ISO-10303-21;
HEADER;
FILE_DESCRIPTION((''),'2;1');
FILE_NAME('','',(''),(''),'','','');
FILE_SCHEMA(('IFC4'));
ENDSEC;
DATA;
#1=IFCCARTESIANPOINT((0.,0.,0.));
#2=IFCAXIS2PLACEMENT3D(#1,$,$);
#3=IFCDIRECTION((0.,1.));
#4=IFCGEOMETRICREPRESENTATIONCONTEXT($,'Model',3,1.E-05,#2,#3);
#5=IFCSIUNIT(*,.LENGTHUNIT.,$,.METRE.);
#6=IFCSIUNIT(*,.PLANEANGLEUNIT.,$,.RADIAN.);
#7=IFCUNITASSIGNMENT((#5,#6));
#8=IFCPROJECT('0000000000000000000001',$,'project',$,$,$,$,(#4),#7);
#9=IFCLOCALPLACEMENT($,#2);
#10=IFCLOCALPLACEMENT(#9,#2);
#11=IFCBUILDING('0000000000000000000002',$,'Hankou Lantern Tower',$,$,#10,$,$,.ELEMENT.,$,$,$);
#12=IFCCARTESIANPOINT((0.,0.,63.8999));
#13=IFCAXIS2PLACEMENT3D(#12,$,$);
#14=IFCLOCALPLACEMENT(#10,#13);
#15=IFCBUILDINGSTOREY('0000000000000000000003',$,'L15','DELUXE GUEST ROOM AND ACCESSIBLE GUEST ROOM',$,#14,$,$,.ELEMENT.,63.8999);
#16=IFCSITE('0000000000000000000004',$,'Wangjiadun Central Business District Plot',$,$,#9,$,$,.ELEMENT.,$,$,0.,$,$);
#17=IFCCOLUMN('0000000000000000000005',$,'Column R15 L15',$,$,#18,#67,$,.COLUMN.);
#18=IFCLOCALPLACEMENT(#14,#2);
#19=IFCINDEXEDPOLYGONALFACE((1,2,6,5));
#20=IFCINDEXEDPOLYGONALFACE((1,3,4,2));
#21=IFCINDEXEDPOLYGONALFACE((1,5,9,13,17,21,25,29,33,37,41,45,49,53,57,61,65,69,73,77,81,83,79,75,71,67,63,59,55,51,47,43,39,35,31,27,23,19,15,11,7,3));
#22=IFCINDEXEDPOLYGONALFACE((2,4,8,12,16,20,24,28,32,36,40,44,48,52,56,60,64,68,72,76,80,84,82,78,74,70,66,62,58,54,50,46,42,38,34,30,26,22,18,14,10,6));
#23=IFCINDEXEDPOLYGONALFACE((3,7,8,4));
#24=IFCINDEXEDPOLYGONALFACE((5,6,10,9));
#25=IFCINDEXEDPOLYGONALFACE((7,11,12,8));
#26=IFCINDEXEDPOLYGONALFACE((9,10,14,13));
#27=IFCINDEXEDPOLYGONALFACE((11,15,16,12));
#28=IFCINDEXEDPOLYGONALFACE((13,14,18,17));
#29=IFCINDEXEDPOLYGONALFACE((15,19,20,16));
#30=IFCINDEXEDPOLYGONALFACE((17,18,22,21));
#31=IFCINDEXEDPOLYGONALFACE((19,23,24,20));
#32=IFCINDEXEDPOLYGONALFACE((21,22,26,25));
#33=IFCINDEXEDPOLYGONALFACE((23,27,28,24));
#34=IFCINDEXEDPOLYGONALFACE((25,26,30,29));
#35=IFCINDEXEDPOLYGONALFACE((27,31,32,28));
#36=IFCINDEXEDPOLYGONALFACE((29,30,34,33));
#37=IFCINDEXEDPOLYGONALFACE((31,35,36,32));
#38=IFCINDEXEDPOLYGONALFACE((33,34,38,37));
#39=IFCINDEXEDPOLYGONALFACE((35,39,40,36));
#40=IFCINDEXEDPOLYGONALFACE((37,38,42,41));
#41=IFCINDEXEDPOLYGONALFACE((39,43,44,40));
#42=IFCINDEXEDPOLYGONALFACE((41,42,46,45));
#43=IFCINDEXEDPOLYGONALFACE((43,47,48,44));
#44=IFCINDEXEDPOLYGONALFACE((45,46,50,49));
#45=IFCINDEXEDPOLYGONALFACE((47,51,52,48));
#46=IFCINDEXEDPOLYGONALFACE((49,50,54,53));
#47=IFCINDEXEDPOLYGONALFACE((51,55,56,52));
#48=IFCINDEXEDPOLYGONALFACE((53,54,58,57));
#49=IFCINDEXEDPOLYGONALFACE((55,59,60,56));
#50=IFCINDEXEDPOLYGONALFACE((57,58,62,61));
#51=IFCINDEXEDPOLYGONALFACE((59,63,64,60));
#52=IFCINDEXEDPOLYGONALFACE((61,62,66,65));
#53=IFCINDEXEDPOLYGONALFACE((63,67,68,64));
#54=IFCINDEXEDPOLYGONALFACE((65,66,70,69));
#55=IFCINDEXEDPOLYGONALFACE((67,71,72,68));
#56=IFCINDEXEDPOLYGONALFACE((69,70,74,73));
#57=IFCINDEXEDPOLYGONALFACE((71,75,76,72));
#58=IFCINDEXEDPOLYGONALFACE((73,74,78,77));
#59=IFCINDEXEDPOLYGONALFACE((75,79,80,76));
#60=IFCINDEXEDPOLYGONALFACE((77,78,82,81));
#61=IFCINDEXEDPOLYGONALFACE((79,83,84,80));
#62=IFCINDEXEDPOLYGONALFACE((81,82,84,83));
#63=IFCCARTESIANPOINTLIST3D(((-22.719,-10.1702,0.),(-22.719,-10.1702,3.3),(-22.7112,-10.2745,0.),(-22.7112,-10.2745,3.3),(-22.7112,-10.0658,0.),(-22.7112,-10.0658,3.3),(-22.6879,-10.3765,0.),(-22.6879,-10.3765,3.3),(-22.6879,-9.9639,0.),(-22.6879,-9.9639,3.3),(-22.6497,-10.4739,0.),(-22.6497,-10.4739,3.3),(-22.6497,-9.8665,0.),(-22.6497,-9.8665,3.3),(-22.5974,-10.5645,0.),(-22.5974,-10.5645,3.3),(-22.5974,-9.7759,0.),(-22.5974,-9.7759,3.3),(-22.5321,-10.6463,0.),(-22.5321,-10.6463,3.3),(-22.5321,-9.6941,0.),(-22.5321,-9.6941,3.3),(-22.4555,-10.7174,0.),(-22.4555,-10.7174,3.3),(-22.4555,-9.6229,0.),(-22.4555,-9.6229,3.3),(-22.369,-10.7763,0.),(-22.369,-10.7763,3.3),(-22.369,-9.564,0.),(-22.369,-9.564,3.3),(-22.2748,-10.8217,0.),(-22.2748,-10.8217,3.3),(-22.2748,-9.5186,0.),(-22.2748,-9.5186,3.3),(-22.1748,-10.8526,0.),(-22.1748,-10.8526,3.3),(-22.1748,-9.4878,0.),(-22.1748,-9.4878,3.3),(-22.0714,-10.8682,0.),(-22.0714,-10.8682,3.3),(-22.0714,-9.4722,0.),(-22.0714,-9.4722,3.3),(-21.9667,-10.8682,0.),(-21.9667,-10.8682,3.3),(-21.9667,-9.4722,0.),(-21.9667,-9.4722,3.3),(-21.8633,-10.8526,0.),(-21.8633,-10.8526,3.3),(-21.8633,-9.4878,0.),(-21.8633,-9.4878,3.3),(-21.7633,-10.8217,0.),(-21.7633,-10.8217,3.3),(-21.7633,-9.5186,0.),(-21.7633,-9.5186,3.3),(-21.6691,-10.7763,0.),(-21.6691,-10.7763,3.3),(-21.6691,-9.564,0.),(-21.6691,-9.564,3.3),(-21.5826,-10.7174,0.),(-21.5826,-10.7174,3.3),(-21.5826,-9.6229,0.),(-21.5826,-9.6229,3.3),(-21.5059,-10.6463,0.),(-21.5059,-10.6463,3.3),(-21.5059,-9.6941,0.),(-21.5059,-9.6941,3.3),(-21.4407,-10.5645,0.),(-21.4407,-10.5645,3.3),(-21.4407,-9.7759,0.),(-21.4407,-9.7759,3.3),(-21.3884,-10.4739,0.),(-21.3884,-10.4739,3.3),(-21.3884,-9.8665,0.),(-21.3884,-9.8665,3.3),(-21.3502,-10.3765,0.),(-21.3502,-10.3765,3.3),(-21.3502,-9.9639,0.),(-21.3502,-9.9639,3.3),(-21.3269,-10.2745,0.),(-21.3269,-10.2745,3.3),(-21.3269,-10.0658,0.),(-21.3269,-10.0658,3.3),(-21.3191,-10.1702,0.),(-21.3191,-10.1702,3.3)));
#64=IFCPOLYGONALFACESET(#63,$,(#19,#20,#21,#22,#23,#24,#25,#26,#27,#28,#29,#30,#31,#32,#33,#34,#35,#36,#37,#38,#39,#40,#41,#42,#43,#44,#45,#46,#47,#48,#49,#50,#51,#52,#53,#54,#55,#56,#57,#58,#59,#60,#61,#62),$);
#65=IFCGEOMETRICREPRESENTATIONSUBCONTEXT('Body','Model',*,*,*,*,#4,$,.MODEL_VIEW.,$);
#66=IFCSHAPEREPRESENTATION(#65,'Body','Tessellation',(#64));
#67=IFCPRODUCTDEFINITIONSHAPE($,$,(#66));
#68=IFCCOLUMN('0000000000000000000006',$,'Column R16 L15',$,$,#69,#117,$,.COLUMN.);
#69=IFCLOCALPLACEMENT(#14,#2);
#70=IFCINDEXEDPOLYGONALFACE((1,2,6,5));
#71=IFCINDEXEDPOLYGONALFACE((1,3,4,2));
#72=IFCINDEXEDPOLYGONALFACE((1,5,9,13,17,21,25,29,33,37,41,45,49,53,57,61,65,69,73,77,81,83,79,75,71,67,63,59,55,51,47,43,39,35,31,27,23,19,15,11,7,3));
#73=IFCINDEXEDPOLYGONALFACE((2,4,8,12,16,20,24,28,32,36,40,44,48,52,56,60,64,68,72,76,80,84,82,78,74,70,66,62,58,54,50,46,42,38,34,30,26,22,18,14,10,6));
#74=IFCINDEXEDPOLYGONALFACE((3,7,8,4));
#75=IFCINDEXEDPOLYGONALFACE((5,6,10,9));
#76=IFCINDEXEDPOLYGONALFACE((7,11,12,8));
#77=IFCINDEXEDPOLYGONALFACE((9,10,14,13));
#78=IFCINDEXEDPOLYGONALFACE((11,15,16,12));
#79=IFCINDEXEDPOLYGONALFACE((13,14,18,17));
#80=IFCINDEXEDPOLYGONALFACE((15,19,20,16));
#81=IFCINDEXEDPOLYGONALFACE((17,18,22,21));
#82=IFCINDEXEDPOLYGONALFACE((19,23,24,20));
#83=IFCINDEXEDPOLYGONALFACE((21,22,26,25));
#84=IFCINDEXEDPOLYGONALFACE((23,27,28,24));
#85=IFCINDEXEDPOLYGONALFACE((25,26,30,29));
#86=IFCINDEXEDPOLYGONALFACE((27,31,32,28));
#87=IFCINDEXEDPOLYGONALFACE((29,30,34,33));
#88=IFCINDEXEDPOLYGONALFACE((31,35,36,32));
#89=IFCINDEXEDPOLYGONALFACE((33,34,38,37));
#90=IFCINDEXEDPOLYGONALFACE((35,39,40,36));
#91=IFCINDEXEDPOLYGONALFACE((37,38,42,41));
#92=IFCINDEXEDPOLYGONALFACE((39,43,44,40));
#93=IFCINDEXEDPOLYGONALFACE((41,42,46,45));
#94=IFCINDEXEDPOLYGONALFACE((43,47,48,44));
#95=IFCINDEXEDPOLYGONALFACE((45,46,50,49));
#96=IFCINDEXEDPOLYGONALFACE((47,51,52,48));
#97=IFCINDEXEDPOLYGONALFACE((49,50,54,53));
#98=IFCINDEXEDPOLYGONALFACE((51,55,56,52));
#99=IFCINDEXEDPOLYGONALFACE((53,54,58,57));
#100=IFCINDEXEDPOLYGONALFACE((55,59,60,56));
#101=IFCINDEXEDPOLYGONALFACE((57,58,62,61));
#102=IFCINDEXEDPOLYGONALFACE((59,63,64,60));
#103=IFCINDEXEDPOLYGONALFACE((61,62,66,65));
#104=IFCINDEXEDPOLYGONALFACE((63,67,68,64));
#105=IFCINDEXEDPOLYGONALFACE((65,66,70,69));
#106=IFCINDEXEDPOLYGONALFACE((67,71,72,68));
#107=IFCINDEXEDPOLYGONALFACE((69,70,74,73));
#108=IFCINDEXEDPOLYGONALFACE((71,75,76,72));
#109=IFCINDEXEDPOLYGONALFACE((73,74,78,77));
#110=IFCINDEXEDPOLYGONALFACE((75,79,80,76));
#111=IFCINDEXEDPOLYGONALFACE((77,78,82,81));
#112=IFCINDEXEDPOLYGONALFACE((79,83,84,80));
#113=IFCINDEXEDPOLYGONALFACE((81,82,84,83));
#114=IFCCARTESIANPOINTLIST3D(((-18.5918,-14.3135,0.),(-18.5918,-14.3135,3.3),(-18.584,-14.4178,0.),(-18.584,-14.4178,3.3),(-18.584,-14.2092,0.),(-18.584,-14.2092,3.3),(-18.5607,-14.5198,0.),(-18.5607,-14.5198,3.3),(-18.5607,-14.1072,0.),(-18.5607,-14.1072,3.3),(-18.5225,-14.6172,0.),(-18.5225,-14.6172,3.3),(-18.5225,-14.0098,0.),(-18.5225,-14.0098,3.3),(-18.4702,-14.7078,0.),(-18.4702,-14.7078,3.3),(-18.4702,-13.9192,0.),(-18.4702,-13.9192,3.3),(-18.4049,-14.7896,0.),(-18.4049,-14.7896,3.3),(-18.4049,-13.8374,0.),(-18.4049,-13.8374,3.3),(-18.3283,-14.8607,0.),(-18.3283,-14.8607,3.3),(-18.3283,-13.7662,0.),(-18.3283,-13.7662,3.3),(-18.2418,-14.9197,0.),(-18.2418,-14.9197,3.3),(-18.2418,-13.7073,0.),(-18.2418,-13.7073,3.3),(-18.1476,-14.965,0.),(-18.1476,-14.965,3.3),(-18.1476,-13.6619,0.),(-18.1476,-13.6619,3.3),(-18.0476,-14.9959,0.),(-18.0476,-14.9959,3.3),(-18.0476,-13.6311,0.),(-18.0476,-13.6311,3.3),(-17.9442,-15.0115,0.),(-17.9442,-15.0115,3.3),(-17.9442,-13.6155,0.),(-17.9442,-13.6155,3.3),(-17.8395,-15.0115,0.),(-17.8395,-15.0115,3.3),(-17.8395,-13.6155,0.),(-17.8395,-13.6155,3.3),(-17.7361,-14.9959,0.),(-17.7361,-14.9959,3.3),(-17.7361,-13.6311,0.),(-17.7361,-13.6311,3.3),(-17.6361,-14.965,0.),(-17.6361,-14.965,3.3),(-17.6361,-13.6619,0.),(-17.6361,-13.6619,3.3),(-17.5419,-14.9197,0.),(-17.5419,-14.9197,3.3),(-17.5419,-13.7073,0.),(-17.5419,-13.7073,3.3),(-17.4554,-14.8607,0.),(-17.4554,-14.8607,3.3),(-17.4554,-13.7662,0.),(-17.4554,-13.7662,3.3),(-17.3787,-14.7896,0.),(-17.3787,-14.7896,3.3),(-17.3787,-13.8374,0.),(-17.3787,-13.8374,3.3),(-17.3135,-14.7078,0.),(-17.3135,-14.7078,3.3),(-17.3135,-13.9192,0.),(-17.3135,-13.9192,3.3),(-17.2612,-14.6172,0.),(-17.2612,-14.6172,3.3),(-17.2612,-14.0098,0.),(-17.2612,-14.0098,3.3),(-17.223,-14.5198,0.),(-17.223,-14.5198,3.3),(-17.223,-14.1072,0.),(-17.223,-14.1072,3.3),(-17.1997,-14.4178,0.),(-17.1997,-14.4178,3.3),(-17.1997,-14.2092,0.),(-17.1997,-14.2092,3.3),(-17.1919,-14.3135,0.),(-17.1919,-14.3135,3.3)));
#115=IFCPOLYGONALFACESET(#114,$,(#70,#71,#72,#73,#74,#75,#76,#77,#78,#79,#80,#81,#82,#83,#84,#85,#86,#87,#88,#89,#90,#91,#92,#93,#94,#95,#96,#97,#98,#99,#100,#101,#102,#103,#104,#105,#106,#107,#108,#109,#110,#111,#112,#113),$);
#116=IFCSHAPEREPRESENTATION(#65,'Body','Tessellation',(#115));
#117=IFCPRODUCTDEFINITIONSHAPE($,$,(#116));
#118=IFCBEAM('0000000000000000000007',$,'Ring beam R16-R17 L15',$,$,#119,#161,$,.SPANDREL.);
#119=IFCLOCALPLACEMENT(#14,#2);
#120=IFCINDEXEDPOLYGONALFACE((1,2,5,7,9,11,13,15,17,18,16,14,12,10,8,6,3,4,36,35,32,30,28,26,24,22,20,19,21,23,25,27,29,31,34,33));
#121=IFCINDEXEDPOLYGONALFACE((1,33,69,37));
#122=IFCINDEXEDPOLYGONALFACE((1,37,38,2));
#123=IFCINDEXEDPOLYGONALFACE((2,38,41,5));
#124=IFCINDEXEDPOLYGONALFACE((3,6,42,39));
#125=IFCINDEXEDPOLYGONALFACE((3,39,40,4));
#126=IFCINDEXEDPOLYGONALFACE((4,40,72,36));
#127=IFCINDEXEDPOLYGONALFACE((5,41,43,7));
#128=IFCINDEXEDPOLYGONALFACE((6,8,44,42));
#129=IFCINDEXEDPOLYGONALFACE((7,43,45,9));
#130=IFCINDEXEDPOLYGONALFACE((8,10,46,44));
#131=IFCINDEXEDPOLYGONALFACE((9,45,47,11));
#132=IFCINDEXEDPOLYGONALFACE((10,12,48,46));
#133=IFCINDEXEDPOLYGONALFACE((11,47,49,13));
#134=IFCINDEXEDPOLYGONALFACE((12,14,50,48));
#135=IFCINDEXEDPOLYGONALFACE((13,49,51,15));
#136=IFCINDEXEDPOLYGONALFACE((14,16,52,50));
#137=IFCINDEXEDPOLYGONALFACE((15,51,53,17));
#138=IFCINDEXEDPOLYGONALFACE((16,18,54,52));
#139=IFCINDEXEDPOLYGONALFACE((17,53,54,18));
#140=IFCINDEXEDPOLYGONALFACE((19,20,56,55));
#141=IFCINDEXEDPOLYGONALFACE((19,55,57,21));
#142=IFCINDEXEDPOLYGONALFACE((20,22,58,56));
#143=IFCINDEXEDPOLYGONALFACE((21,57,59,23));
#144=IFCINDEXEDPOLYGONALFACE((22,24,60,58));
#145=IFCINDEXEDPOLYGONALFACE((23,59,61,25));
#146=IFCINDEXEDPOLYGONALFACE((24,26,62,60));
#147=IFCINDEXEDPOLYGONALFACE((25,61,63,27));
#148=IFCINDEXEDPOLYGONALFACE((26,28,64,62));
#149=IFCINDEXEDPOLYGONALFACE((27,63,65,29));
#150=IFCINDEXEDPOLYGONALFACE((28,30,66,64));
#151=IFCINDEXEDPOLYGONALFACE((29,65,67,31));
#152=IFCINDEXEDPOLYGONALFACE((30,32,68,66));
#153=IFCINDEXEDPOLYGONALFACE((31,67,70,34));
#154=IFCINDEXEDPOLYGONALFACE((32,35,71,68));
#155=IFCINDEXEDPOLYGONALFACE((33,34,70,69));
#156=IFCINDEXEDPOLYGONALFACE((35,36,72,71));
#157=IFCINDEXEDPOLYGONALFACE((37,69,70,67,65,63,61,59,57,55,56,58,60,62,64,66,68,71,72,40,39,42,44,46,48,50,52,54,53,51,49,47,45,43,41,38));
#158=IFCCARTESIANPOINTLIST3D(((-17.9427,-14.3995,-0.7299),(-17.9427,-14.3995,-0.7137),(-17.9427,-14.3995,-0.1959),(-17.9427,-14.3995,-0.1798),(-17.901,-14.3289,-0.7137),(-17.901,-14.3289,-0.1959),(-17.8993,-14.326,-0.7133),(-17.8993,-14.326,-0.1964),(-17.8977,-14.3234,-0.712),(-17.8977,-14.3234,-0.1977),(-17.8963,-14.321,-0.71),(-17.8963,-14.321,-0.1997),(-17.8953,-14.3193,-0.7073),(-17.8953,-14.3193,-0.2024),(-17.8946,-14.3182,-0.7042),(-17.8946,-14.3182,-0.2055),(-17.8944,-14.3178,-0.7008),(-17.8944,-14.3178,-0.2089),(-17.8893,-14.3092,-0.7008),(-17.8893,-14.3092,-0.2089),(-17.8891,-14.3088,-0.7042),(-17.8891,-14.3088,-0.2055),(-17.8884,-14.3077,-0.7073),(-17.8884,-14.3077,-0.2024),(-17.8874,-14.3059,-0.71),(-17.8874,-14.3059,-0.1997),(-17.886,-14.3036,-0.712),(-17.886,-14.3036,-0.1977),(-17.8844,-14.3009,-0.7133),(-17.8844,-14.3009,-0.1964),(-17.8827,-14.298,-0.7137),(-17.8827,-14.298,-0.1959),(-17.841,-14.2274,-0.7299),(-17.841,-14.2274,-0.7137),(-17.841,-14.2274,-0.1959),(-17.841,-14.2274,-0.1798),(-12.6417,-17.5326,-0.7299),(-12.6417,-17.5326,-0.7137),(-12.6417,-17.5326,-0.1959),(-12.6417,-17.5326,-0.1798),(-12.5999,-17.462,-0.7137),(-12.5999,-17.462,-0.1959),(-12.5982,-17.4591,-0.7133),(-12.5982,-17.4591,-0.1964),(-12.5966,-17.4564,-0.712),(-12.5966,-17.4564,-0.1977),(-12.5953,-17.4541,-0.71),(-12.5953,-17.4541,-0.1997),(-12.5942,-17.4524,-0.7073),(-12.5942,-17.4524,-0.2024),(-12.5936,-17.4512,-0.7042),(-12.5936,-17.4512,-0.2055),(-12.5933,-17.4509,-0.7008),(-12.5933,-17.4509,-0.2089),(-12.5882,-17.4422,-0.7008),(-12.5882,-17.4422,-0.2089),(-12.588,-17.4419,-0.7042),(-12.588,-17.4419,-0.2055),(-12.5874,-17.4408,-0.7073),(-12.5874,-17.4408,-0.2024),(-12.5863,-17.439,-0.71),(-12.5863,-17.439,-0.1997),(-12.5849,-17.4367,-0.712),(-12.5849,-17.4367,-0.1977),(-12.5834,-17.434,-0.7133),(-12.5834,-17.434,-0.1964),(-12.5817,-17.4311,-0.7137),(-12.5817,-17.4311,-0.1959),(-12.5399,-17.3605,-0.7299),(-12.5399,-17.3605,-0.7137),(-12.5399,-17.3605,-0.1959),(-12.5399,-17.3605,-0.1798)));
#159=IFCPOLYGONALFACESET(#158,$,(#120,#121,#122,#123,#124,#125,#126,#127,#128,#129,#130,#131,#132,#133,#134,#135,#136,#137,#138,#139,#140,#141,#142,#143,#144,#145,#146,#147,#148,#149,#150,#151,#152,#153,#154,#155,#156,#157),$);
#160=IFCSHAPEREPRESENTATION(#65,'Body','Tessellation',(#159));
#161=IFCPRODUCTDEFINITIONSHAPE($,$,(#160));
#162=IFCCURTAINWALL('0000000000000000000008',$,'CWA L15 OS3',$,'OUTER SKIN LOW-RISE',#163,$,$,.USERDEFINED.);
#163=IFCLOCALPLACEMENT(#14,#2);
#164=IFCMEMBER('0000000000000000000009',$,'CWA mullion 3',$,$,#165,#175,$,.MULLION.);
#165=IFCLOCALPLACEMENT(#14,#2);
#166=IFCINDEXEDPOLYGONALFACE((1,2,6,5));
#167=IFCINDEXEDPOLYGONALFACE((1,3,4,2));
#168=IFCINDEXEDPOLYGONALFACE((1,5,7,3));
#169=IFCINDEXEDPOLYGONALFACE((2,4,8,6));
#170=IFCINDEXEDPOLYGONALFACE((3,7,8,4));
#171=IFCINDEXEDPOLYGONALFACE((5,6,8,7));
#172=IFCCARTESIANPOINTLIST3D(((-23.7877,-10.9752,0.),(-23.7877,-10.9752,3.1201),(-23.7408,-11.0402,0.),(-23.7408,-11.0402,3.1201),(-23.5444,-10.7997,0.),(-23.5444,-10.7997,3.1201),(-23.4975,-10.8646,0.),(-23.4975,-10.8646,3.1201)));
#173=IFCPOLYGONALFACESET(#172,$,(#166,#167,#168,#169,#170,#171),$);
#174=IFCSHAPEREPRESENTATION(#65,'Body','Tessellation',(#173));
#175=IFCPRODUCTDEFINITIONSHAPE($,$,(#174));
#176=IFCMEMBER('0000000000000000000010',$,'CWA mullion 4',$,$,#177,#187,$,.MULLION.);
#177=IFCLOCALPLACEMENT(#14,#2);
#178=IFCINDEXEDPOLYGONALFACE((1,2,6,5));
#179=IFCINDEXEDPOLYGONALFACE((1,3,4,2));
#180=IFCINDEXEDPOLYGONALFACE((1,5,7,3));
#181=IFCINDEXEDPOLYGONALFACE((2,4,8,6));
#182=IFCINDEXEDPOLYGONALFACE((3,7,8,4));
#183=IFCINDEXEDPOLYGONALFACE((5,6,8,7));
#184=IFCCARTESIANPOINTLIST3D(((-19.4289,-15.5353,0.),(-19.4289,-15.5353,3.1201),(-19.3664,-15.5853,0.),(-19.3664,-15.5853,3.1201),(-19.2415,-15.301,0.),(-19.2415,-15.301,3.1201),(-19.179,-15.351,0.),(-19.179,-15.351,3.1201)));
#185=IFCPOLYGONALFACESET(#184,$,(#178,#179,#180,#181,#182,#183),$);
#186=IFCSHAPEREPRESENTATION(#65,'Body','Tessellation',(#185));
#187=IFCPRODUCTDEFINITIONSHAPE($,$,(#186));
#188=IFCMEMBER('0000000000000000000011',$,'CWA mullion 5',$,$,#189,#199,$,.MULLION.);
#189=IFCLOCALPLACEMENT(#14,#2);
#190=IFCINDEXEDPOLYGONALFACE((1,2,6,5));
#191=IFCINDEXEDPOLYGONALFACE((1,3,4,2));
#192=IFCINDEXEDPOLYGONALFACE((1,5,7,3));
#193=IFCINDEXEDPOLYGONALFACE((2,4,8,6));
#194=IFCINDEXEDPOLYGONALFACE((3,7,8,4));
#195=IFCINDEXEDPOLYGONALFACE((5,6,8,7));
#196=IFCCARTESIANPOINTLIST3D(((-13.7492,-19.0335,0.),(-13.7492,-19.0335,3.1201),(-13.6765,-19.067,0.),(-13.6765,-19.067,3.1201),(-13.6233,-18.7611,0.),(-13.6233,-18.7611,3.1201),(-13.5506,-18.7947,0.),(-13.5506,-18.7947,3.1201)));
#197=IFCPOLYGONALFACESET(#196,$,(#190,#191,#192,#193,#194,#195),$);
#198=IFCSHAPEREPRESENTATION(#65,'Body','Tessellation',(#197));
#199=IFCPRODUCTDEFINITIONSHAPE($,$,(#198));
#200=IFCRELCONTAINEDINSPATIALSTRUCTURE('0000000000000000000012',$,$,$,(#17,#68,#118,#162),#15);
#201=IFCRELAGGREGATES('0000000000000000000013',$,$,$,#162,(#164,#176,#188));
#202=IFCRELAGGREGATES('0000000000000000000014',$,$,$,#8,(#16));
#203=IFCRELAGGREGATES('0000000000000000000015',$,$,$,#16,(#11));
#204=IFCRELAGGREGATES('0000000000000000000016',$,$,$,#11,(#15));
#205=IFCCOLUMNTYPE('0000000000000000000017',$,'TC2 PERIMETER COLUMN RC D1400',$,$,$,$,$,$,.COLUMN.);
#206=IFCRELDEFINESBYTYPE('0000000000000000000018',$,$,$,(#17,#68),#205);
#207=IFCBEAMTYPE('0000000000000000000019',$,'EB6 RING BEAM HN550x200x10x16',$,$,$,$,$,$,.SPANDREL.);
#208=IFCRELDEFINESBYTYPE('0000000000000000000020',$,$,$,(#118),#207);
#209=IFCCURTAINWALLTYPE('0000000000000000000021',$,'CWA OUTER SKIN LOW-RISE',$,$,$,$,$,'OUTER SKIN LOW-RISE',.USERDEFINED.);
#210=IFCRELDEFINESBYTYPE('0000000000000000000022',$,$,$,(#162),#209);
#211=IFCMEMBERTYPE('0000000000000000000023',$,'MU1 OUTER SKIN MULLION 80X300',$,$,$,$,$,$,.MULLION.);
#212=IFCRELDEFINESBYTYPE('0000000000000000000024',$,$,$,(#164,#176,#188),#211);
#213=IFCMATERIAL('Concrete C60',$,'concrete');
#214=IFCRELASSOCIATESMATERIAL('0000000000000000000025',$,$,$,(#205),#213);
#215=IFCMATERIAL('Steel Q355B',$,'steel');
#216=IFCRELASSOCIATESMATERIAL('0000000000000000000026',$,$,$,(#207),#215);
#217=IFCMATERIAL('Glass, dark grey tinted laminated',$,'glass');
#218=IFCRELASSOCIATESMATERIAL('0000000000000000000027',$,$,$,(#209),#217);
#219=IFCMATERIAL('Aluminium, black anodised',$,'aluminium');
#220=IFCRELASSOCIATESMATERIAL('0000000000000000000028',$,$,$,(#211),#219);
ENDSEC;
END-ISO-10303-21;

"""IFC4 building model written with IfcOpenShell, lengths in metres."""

from ifc_helpers import new_model, si_unit, direction, frame, origin, origin_2d, place, context, subcontext, project, spatial, rectangle, circle, i_section, extrude, material, material_profile, profile_set, type_object, element, aggregate, save


model = new_model("IFC4")

# Units and contexts
model_context = context("Model", 3, precision=1e-05, world=origin(), true_north=direction((0.0, 1.0)))
body_context = subcontext(model_context, "Body", "Model", "MODEL_VIEW")
ifc_project = project(units=[si_unit("LENGTHUNIT", "METRE"), si_unit("PLANEANGLEUNIT", "RADIAN")], contexts=[model_context])

# Site, building, storey
site_placement = place(None, origin())
site = spatial("IfcSite", under=ifc_project, at=site_placement, Name="Wangjiadun Central Business District Plot", CompositionType="ELEMENT", RefElevation=0.0)
building_placement = place(site_placement, origin())
building = spatial("IfcBuilding", under=site, at=building_placement, Name="Hankou Lantern Tower", CompositionType="ELEMENT")
storey_placement = place(building_placement, frame((0.0, 0.0, 63.8999)))
storey = spatial("IfcBuildingStorey", under=building, at=storey_placement, Name="L15", Description="DELUXE GUEST ROOM AND ACCESSIBLE GUEST ROOM", CompositionType="ELEMENT", Elevation=63.8999)

# Columns
ifc_material_1 = material(Name="Concrete C60", Category="concrete")
ifc_material_profile_1 = material_profile(ifc_material_1, circle(Radius=0.7, at=origin_2d()), Name="RC D1400")
ifc_profile_set_1 = profile_set([ifc_material_profile_1], Name="Concrete C60")
column_type = type_object("IfcColumnType", Name="TC2 PERIMETER COLUMN RC D1400", PredefinedType="COLUMN", material=ifc_profile_set_1)
for number, where, z_axis, x_axis, name in (
    (1, (-22.019, -10.1702, 0.0), (0.0, 0.0, 1.0), (1.0, 0.0, 0.0), "Column R15 L15"),
    (2, (-17.8918, -14.3135, 0.0), (0.0, 0.0, 1.0), (1.0, 0.0, 0.0), "Column R16 L15"),
):
    element("IfcColumn", number, at=place(storey_placement, frame(where, z_axis=z_axis, x_axis=x_axis)), inside=storey, type_object=column_type, Name=name, PredefinedType="COLUMN", context=body_context, shape_type="SweptSolid", body=[
        extrude(circle(Radius=0.7, at=origin_2d()), origin(), (0.0, 0.0, 1.0), 3.3),
    ])

# Beam
ifc_material_2 = material(Name="Steel Q355B", Category="steel")
ifc_material_profile_2 = material_profile(ifc_material_2, i_section(OverallWidth=0.2, OverallDepth=0.55, WebThickness=0.01, FlangeThickness=0.0161, FilletRadius=0.0129, at=origin_2d()), Name="HN550x200x10x16")
ifc_profile_set_2 = profile_set([ifc_material_profile_2], Name="Steel Q355B")
beam_type_1 = type_object("IfcBeamType", Name="EB6 RING BEAM HN550x200x10x16", PredefinedType="SPANDREL", material=ifc_profile_set_2)
beam_1_placement = place(storey_placement, frame((-17.8918, -14.3135, -0.4548), z_axis=(0.860882, -0.508805, 0.0), x_axis=(0.508805, 0.860882, 0.0)))
element("IfcBeam", 3, at=beam_1_placement, inside=storey, type_object=beam_type_1, Name="Ring beam R16-R17 L15", PredefinedType="SPANDREL", context=body_context, shape_type="SweptSolid", body=[
    extrude(i_section(OverallWidth=0.2, OverallDepth=0.55, WebThickness=0.01, FlangeThickness=0.0161, FilletRadius=0.0129, at=origin_2d()), origin(), (0.0, 0.0, 1.0), 6.1577),
])

# Curtain wall, members
ifc_material_3 = material(Name="Glass, dark grey tinted laminated", Category="glass")
curtain_wall_type = type_object("IfcCurtainWallType", Name="CWA OUTER SKIN LOW-RISE", ElementType="OUTER SKIN LOW-RISE", PredefinedType="USERDEFINED", material=ifc_material_3)
curtain_wall_placement = place(storey_placement, origin())
curtain_wall = element("IfcCurtainWall", 4, at=curtain_wall_placement, inside=storey, type_object=curtain_wall_type, Name="CWA L15 OS3", ObjectType="OUTER SKIN LOW-RISE", PredefinedType="USERDEFINED")
ifc_material_4 = material(Name="Aluminium, black anodised", Category="aluminium")
ifc_material_profile_3 = material_profile(ifc_material_4, rectangle(XDim=0.0801, YDim=0.3, at=origin_2d()), Name="MU1 80X300")
ifc_profile_set_3 = profile_set([ifc_material_profile_3], Name="Aluminium, black anodised")
member_type_1 = type_object("IfcMemberType", Name="MU1 OUTER SKIN MULLION 80X300", PredefinedType="MULLION", material=ifc_profile_set_3)
member_1_placement = place(storey_placement, frame((-23.6426, -10.9199, 0.0), z_axis=(0.0, 0.0, 1.0), x_axis=(0.585206, -0.810885, 0.0)))
member_1 = element("IfcMember", 5, at=member_1_placement, type_object=member_type_1, Name="CWA mullion 3", PredefinedType="MULLION", context=body_context, shape_type="SweptSolid", body=[
    extrude(rectangle(XDim=0.0801, YDim=0.3, at=origin_2d()), origin(), (0.0, 0.0, 1.0), 3.1201),
])
member_2_placement = place(storey_placement, frame((-19.304, -15.4431, 0.0), z_axis=(0.0, 0.0, 1.0), x_axis=(0.780869, -0.624695, 0.0)))
member_2 = element("IfcMember", 6, at=member_2_placement, type_object=member_type_1, Name="CWA mullion 4", PredefinedType="MULLION", context=body_context, shape_type="SweptSolid", body=[
    extrude(rectangle(XDim=0.0801, YDim=0.3, at=origin_2d()), origin(), (0.0, 0.0, 1.0), 3.1201),
])
member_3_placement = place(storey_placement, frame((-13.6499, -18.9141, 0.0), z_axis=(0.0, 0.0, 1.0), x_axis=(0.907841, -0.419314, 0.0)))
member_3 = element("IfcMember", 7, at=member_3_placement, type_object=member_type_1, Name="CWA mullion 5", PredefinedType="MULLION", context=body_context, shape_type="SweptSolid", body=[
    extrude(rectangle(XDim=0.0801, YDim=0.3, at=origin_2d()), origin(), (0.0, 0.0, 1.0), 3.1201),
])

aggregate(curtain_wall, [member_1, member_2, member_3])

save(model, "model.ifc")
